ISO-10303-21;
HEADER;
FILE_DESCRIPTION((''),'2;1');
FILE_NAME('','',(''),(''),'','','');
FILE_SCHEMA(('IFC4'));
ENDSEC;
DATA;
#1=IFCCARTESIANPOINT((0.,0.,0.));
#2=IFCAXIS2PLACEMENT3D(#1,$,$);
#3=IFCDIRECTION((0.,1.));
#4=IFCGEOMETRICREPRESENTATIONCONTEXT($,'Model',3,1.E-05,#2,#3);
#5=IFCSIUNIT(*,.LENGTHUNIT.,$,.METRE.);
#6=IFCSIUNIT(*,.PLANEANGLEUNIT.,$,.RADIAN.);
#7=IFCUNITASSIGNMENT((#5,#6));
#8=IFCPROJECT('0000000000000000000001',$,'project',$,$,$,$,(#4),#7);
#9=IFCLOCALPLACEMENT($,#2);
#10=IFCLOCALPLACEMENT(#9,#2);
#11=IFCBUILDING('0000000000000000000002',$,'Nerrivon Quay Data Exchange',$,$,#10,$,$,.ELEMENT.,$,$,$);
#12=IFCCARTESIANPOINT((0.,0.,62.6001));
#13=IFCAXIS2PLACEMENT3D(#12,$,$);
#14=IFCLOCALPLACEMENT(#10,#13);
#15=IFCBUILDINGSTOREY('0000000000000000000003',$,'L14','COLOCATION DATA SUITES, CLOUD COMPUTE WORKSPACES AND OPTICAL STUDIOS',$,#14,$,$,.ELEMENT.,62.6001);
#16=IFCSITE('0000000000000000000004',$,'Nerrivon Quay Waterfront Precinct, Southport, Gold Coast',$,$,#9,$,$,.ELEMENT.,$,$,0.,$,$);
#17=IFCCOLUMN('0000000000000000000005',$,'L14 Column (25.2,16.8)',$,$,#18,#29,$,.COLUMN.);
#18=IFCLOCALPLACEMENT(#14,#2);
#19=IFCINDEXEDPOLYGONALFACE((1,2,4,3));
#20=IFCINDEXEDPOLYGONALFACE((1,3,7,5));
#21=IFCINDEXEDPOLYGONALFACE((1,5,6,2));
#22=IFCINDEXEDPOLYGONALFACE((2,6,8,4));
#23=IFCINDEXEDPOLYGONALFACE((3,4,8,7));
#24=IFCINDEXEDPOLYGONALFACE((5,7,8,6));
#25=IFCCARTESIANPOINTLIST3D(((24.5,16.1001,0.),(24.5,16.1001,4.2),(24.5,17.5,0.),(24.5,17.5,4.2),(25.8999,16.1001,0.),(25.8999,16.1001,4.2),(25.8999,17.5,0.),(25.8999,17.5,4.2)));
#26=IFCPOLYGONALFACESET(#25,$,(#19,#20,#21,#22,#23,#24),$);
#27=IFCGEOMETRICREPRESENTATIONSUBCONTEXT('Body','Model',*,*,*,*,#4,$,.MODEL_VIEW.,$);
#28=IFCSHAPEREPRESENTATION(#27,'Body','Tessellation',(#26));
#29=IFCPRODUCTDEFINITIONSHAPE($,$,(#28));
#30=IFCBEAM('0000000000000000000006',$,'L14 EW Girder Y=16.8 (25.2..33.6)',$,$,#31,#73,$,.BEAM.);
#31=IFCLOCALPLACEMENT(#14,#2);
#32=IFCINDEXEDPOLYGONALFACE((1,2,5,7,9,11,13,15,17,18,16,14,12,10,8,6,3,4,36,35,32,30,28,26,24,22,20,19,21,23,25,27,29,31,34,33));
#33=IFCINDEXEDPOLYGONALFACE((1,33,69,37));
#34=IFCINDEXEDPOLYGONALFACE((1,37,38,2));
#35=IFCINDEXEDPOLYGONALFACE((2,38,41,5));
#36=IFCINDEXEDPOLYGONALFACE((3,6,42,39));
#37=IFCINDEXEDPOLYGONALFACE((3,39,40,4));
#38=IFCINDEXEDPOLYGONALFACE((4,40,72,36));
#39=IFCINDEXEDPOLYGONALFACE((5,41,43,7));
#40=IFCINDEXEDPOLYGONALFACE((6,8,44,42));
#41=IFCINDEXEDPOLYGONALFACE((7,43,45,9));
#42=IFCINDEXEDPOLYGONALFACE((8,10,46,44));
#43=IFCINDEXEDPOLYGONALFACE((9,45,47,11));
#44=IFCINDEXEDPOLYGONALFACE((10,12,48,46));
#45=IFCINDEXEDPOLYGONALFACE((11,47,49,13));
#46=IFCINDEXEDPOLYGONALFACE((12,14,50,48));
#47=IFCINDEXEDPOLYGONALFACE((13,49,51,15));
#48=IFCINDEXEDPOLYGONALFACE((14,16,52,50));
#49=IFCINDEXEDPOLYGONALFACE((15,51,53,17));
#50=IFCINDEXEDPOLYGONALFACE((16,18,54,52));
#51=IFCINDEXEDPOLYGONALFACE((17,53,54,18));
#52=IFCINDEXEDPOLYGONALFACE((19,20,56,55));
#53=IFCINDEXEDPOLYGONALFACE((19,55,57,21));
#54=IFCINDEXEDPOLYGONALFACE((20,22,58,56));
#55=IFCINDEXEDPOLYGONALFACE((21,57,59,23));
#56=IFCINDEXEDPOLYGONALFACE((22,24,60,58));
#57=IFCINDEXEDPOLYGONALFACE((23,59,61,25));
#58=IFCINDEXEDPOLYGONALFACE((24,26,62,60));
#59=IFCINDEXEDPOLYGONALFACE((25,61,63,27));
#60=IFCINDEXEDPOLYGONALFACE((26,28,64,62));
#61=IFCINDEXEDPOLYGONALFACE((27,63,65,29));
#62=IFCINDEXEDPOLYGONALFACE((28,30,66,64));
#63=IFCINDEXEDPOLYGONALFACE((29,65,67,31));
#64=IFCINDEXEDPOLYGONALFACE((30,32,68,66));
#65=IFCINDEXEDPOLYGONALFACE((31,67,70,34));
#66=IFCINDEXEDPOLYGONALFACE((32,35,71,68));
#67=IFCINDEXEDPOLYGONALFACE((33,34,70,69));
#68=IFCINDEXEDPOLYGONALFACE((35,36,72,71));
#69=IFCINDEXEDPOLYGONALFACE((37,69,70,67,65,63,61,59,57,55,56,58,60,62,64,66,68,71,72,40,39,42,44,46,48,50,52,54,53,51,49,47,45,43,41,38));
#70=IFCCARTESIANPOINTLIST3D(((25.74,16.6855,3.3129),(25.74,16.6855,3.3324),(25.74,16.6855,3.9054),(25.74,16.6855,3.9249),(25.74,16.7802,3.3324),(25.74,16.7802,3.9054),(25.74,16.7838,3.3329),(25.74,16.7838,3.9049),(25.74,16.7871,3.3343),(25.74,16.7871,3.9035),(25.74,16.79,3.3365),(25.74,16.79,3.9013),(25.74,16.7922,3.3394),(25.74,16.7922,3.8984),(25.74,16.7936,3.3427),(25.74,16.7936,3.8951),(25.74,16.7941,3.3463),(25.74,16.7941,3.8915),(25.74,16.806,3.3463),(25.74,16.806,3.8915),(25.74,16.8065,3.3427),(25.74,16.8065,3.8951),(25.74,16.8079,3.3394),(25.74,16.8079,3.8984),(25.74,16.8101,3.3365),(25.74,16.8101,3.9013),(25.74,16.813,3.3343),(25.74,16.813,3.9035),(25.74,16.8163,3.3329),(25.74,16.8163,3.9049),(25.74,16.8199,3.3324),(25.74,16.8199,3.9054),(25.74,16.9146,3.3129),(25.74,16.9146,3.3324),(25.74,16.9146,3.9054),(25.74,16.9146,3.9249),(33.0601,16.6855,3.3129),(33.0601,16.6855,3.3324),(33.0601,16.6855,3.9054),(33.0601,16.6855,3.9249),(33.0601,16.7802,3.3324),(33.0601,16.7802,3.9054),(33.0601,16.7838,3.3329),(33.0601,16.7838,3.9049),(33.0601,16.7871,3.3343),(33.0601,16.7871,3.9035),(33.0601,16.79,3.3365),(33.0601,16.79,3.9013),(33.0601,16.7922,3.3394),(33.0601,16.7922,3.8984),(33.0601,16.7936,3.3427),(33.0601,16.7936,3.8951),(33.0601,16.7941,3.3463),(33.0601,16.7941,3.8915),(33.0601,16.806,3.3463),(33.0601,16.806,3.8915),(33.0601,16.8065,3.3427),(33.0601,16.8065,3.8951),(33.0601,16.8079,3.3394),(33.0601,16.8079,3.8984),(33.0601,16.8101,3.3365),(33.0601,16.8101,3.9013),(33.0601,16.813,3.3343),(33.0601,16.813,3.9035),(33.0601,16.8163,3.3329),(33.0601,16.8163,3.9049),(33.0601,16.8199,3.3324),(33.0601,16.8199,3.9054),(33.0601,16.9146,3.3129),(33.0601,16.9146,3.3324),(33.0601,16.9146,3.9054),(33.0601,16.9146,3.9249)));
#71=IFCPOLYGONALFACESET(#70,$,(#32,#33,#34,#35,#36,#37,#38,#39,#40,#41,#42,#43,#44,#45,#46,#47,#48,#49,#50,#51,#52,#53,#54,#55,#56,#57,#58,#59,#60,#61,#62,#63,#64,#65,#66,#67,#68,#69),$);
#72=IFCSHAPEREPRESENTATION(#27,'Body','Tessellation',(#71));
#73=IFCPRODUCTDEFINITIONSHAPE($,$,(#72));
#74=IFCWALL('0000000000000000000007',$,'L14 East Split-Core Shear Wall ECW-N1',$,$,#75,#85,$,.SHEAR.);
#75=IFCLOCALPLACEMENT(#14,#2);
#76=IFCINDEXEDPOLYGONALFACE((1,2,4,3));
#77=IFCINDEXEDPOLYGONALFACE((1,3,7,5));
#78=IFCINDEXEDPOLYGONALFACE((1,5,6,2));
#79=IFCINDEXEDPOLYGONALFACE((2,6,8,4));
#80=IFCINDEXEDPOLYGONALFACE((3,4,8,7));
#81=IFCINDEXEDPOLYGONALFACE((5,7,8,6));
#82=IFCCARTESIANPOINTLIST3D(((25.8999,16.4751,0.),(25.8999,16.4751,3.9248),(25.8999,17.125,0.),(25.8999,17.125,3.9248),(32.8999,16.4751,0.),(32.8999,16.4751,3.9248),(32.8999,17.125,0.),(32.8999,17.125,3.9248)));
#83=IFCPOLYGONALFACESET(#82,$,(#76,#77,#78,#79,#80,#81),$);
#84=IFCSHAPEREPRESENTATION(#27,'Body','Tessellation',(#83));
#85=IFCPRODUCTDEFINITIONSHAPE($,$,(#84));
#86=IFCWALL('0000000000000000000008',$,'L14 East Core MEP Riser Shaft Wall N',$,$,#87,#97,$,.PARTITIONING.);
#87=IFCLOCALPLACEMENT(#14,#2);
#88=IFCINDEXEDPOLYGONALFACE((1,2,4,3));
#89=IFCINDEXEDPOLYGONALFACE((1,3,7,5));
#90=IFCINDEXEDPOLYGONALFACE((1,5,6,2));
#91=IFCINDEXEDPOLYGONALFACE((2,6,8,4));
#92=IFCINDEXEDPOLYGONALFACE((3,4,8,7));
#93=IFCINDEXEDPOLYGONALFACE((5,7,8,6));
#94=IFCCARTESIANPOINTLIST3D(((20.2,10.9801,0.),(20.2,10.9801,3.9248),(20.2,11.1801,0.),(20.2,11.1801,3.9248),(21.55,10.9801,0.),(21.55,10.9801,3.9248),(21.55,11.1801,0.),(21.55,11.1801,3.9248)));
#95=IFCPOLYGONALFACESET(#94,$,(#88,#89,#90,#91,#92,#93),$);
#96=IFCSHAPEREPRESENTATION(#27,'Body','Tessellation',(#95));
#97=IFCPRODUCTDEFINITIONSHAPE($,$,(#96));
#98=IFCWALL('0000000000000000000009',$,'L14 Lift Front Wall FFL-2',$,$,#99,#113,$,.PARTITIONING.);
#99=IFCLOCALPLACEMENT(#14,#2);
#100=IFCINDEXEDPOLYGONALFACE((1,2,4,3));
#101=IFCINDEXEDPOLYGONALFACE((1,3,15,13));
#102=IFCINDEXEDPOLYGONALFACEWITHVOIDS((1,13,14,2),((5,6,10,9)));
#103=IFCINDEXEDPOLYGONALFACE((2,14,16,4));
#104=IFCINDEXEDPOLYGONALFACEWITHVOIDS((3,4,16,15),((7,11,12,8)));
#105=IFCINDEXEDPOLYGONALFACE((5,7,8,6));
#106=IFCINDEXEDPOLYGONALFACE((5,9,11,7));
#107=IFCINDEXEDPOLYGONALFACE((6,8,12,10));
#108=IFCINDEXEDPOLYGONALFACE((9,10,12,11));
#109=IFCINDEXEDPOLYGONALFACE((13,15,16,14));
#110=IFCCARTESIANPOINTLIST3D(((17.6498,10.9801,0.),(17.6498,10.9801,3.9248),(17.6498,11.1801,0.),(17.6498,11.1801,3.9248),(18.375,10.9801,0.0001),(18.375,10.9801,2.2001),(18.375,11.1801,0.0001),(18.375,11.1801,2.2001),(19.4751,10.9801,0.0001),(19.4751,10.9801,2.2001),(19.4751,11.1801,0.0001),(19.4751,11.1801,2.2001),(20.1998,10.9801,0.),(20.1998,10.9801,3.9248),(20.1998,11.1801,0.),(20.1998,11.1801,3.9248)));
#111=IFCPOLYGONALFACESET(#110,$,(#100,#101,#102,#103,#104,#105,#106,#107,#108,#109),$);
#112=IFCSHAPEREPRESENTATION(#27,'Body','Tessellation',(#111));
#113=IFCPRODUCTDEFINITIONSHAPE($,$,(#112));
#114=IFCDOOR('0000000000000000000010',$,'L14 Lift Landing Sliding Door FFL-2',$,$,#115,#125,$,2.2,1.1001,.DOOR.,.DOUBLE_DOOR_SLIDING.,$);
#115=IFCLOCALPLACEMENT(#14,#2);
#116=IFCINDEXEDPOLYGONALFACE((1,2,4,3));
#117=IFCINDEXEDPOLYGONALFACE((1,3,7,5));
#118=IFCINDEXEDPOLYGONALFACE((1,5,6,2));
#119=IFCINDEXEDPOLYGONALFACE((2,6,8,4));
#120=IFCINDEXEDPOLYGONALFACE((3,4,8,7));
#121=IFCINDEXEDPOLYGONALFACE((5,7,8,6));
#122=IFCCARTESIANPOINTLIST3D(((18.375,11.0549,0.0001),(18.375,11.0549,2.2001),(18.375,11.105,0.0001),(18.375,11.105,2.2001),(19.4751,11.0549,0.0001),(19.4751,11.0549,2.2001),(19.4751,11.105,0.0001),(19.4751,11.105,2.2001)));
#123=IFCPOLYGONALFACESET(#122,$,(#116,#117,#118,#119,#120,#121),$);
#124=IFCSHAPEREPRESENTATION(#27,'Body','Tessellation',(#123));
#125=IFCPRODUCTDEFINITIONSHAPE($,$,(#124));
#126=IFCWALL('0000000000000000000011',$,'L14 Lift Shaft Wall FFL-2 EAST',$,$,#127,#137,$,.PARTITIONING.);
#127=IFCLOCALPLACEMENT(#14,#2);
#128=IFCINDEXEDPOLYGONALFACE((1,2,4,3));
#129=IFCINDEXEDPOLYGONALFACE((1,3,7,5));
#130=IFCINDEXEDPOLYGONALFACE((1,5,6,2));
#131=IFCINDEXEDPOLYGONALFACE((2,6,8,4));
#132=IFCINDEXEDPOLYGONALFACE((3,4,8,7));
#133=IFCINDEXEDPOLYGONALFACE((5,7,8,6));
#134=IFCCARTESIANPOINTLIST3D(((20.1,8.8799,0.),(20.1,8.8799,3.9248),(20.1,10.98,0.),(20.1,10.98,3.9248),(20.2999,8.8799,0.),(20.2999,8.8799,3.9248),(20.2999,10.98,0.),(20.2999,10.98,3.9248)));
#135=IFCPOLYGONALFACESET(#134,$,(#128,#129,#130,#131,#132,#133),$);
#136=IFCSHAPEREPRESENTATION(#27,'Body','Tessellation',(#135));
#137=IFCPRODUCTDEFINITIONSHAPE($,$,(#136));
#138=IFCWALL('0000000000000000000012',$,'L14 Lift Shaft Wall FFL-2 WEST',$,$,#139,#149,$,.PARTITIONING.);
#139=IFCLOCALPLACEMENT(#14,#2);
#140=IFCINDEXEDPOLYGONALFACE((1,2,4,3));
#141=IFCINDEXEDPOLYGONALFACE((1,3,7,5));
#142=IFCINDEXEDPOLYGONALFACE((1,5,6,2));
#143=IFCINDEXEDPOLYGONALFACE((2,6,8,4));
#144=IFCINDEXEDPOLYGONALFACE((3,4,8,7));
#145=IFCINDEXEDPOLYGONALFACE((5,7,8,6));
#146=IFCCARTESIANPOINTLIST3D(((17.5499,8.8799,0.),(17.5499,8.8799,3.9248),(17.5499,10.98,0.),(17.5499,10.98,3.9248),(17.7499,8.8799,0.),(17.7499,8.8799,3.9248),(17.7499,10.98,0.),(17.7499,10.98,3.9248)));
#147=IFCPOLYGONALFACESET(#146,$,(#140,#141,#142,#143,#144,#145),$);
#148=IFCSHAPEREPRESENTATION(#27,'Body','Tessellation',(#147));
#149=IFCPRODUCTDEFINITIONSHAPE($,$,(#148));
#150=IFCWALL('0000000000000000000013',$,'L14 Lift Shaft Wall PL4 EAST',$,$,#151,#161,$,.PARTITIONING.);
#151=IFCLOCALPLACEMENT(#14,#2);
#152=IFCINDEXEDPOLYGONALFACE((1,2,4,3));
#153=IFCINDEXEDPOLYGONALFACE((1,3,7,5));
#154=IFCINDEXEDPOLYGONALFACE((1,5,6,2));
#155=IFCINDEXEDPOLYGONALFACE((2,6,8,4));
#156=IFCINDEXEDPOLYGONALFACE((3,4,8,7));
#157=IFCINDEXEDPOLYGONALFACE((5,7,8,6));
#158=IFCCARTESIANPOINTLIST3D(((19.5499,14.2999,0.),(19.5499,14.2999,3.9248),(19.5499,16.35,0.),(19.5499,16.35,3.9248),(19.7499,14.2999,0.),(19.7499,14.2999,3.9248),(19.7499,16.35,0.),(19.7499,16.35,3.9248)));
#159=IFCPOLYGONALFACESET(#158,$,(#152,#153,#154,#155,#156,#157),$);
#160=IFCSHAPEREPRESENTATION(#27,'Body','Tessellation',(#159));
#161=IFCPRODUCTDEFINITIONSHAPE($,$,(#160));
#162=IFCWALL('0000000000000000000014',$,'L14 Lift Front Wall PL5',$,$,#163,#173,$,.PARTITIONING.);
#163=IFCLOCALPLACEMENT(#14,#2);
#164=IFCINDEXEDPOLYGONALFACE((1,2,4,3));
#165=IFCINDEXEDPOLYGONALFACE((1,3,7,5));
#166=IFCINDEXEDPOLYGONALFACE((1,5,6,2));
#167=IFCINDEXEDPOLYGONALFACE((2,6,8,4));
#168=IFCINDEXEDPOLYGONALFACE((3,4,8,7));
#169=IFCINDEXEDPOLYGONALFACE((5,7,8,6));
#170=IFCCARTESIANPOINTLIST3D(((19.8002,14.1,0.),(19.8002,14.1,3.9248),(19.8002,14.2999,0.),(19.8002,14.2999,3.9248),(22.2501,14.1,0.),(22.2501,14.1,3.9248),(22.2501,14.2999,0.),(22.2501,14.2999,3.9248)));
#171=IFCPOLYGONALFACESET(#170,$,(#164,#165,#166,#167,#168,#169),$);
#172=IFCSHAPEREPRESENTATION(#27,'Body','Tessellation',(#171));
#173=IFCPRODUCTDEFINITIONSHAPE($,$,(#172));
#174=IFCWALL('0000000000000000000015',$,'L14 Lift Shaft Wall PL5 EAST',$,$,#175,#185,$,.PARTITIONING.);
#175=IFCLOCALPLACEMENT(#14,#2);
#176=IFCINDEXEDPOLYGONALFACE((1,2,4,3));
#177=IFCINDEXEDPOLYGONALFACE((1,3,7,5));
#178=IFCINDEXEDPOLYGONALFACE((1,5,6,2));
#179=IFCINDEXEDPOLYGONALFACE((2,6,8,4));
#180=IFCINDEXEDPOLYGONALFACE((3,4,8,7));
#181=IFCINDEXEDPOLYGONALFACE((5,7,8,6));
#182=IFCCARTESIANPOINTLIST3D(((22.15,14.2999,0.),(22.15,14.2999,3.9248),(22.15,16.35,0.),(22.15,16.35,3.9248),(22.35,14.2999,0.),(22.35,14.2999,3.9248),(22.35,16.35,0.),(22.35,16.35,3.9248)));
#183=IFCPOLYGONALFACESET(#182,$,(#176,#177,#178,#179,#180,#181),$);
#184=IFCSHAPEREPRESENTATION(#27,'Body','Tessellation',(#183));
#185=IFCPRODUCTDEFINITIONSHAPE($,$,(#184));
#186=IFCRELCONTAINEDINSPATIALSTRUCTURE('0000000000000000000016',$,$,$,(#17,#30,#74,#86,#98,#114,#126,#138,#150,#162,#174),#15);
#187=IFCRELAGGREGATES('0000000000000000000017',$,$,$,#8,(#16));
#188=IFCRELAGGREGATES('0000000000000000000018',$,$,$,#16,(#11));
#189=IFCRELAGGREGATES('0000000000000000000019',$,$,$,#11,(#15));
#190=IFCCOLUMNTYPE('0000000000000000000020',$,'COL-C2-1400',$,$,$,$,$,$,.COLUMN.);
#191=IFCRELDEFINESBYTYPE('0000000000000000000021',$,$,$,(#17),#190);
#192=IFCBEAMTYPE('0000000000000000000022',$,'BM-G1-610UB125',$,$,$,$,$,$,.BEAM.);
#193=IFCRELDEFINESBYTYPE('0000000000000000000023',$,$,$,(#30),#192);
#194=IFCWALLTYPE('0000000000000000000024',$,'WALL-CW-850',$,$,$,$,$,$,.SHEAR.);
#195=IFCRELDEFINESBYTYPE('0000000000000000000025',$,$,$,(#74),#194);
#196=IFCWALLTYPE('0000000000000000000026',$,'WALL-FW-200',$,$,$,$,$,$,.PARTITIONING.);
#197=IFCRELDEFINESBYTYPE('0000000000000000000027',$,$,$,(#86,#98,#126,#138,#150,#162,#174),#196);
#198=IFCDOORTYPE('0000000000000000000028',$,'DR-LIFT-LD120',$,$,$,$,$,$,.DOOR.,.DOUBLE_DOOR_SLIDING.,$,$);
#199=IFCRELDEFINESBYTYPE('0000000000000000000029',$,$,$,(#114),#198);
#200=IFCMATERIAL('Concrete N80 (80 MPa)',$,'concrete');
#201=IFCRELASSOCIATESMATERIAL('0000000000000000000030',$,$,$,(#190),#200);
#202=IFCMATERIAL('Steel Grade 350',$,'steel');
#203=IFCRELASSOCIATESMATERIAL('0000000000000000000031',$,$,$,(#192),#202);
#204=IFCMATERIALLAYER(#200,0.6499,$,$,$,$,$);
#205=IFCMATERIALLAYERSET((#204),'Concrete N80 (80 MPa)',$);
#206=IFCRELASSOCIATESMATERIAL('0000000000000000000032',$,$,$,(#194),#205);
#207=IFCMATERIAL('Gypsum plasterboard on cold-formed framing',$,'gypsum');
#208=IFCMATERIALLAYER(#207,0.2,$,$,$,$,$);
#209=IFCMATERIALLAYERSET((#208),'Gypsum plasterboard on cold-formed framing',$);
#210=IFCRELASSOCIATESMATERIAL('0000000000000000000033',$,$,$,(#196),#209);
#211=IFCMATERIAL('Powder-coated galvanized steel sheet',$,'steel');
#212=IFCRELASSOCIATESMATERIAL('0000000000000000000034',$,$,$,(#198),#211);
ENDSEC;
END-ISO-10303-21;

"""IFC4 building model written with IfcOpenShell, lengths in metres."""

from ifc_helpers import new_model, si_unit, direction, frame, frame_2d, origin, origin_2d, place, context, subcontext, project, spatial, rectangle, i_section, extrude, material, layer, layer_set, material_profile, profile_set, type_object, element, fill, save


model = new_model("IFC4")

# Units and contexts
model_context = context("Model", 3, precision=1e-05, world=origin(), true_north=direction((0.0, 1.0)))
body_context = subcontext(model_context, "Body", "Model", "MODEL_VIEW")
ifc_project = project(units=[si_unit("LENGTHUNIT", "METRE"), si_unit("PLANEANGLEUNIT", "RADIAN")], contexts=[model_context])

# Site, building, storey
site_placement = place(None, origin())
site = spatial("IfcSite", under=ifc_project, at=site_placement, Name="Nerrivon Quay Waterfront Precinct, Southport, Gold Coast", CompositionType="ELEMENT", RefElevation=0.0)
building_placement = place(site_placement, origin())
building = spatial("IfcBuilding", under=site, at=building_placement, Name="Nerrivon Quay Data Exchange", CompositionType="ELEMENT")
storey_placement = place(building_placement, frame((0.0, 0.0, 62.6001)))
storey = spatial("IfcBuildingStorey", under=building, at=storey_placement, Name="L14", Description="COLOCATION DATA SUITES, CLOUD COMPUTE WORKSPACES AND OPTICAL STUDIOS", CompositionType="ELEMENT", Elevation=62.6001)

# Column
ifc_material_1 = material(Name="Concrete N80 (80 MPa)", Category="concrete")
ifc_material_profile_1 = material_profile(ifc_material_1, rectangle(XDim=1.3999, YDim=1.3999, at=origin_2d()), Name="RC-COL-1400x1400")
ifc_profile_set_1 = profile_set([ifc_material_profile_1], Name="Concrete N80 (80 MPa)")
column_type = type_object("IfcColumnType", Name="COL-C2-1400", PredefinedType="COLUMN", material=ifc_profile_set_1)
column_placement = place(storey_placement, frame((25.2, 16.8, 0.0), z_axis=(0.0, 0.0, 1.0), x_axis=(1.0, 0.0, 0.0)))
element("IfcColumn", 1, at=column_placement, inside=storey, type_object=column_type, Name="L14 Column (25.2,16.8)", PredefinedType="COLUMN", context=body_context, shape_type="SweptSolid", body=[
    extrude(rectangle(XDim=1.3999, YDim=1.3999, at=origin_2d()), origin(), (0.0, 0.0, 1.0), 4.2),
])

# Beam
ifc_material_2 = material(Name="Steel Grade 350", Category="steel")
ifc_material_profile_2 = material_profile(ifc_material_2, i_section(OverallWidth=0.229, OverallDepth=0.6121, WebThickness=0.012, FlangeThickness=0.0195, FilletRadius=0.0139, at=origin_2d()), Name="610UB125")
ifc_profile_set_2 = profile_set([ifc_material_profile_2], Name="Steel Grade 350")
beam_type = type_object("IfcBeamType", Name="BM-G1-610UB125", PredefinedType="BEAM", material=ifc_profile_set_2)
beam_placement = place(storey_placement, frame((25.74, 16.8, 3.6189), z_axis=(1.0, 0.0, 0.0), x_axis=(0.0, 1.0, 0.0)))
element("IfcBeam", 2, at=beam_placement, inside=storey, type_object=beam_type, Name="L14 EW Girder Y=16.8 (25.2..33.6)", PredefinedType="BEAM", context=body_context, shape_type="SweptSolid", body=[
    extrude(i_section(OverallWidth=0.229, OverallDepth=0.6121, WebThickness=0.012, FlangeThickness=0.0195, FilletRadius=0.0139, at=origin_2d()), origin(), (0.0, 0.0, 1.0), 7.3201),
])

# Walls
ifc_layer_1 = layer(ifc_material_1, 0.6499)
ifc_layer_set_1 = layer_set([ifc_layer_1], Name="Concrete N80 (80 MPa)")
wall_type_1 = type_object("IfcWallType", Name="WALL-CW-850", PredefinedType="SHEAR", material=ifc_layer_set_1)
wall_1_placement = place(storey_placement, frame((25.8999, 16.8, 0.0), z_axis=(0.0, 0.0, 1.0), x_axis=(1.0, 0.0, 0.0)))
element("IfcWall", 3, at=wall_1_placement, inside=storey, type_object=wall_type_1, Name="L14 East Split-Core Shear Wall ECW-N1", PredefinedType="SHEAR", context=body_context, shape_type="SweptSolid", body=[
    extrude(rectangle(XDim=7.0, YDim=0.6499, at=frame_2d((3.5, 0.0))), origin(), (0.0, 0.0, 1.0), 3.9248),
])
ifc_material_3 = material(Name="Gypsum plasterboard on cold-formed framing", Category="gypsum")
ifc_layer_2 = layer(ifc_material_3, 0.2)
ifc_layer_set_2 = layer_set([ifc_layer_2], Name="Gypsum plasterboard on cold-formed framing")
wall_type_2 = type_object("IfcWallType", Name="WALL-FW-200", PredefinedType="PARTITIONING", material=ifc_layer_set_2)
wall_2_placement = place(storey_placement, frame((20.2, 11.0801, 0.0), z_axis=(0.0, 0.0, 1.0), x_axis=(1.0, 0.0, 0.0)))
element("IfcWall", 4, at=wall_2_placement, inside=storey, type_object=wall_type_2, Name="L14 East Core MEP Riser Shaft Wall N", PredefinedType="PARTITIONING", context=body_context, shape_type="SweptSolid", body=[
    extrude(rectangle(XDim=1.3501, YDim=0.2, at=frame_2d((0.675, 0.0))), origin(), (0.0, 0.0, 1.0), 3.9248),
])

# Wall, opening, door
wall_3_placement = place(storey_placement, frame((17.6499, 11.0801, 0.0), z_axis=(0.0, 0.0, 1.0), x_axis=(1.0, 0.0, 0.0)))
wall_3 = element("IfcWall", 5, at=wall_3_placement, inside=storey, type_object=wall_type_2, Name="L14 Lift Front Wall FFL-2", PredefinedType="PARTITIONING", context=body_context, shape_type="SweptSolid", body=[
    extrude(rectangle(XDim=2.55, YDim=0.2, at=frame_2d((1.2749, 0.0))), origin(), (0.0, 0.0, 1.0), 3.9248),
])
opening_1_placement = place(wall_3_placement, frame((0.7251, 0.0, 0.0)))
opening_1 = element("IfcOpeningElement", 6, at=opening_1_placement, cuts=wall_3, PredefinedType="OPENING", context=body_context, shape_type="SweptSolid", body=[
    extrude(rectangle(XDim=1.1001, YDim=2.2, at=frame_2d((0.55, 1.1001))), frame((0.0, 0.1099, 0.0), z_axis=(0.0, -1.0, 0.0), x_axis=(1.0, 0.0, 0.0)), (0.0, 0.0, 1.0), 0.22),
])
ifc_material_4 = material(Name="Powder-coated galvanized steel sheet", Category="steel")
door_type_1 = type_object("IfcDoorType", Name="DR-LIFT-LD120", OperationType="DOUBLE_DOOR_SLIDING", PredefinedType="DOOR", material=ifc_material_4)
door_1_placement = place(opening_1_placement, origin())
door_1 = element("IfcDoor", 7, at=door_1_placement, inside=storey, type_object=door_type_1, Name="L14 Lift Landing Sliding Door FFL-2", OperationType="DOUBLE_DOOR_SLIDING", OverallHeight=2.2, OverallWidth=1.1001, PredefinedType="DOOR", context=body_context, shape_type="SweptSolid", body=[
    extrude(rectangle(XDim=1.1001, YDim=2.2, at=frame_2d((0.55, 1.1001))), frame((0.0, 0.0249, 0.0), z_axis=(0.0, -1.0, 0.0), x_axis=(1.0, 0.0, 0.0)), (0.0, 0.0, 1.0), 0.05),
])
fill(opening_1, door_1)

# Walls
for number, where, z_axis, x_axis, name in (
    (8, (20.2, 8.8799, 0.0), (0.0, 0.0, 1.0), (0.0, 1.0, 0.0), "L14 Lift Shaft Wall FFL-2 EAST"),
    (9, (17.6499, 8.8799, 0.0), (0.0, 0.0, 1.0), (0.0, 1.0, 0.0), "L14 Lift Shaft Wall FFL-2 WEST"),
):
    element("IfcWall", number, at=place(storey_placement, frame(where, z_axis=z_axis, x_axis=x_axis)), inside=storey, type_object=wall_type_2, Name=name, PredefinedType="PARTITIONING", context=body_context, shape_type="SweptSolid", body=[
        extrude(rectangle(XDim=2.1001, YDim=0.2, at=frame_2d((1.05, 0.0))), origin(), (0.0, 0.0, 1.0), 3.9248),
    ])
wall_4_placement = place(storey_placement, frame((19.6499, 14.3, 0.0), z_axis=(0.0, 0.0, 1.0), x_axis=(0.0, 1.0, 0.0)))
element("IfcWall", 10, at=wall_4_placement, inside=storey, type_object=wall_type_2, Name="L14 Lift Shaft Wall PL4 EAST", PredefinedType="PARTITIONING", context=body_context, shape_type="SweptSolid", body=[
    extrude(rectangle(XDim=2.05, YDim=0.2, at=frame_2d((1.0249, 0.0))), origin(), (0.0, 0.0, 1.0), 3.9248),
])
wall_5_placement = place(storey_placement, frame((19.8, 14.2, 0.0), z_axis=(0.0, 0.0, 1.0), x_axis=(1.0, 0.0, 0.0)))
element("IfcWall", 11, at=wall_5_placement, inside=storey, type_object=wall_type_2, Name="L14 Lift Front Wall PL5", PredefinedType="PARTITIONING", context=body_context, shape_type="SweptSolid", body=[
    extrude(rectangle(XDim=2.45, YDim=0.2, at=frame_2d((1.2251, 0.0))), origin(), (0.0, 0.0, 1.0), 3.9248),
])
wall_6_placement = place(storey_placement, frame((22.25, 14.3, 0.0), z_axis=(0.0, 0.0, 1.0), x_axis=(0.0, 1.0, 0.0)))
element("IfcWall", 12, at=wall_6_placement, inside=storey, type_object=wall_type_2, Name="L14 Lift Shaft Wall PL5 EAST", PredefinedType="PARTITIONING", context=body_context, shape_type="SweptSolid", body=[
    extrude(rectangle(XDim=2.05, YDim=0.2, at=frame_2d((1.0249, 0.0))), origin(), (0.0, 0.0, 1.0), 3.9248),
])

save(model, "model.ifc")
